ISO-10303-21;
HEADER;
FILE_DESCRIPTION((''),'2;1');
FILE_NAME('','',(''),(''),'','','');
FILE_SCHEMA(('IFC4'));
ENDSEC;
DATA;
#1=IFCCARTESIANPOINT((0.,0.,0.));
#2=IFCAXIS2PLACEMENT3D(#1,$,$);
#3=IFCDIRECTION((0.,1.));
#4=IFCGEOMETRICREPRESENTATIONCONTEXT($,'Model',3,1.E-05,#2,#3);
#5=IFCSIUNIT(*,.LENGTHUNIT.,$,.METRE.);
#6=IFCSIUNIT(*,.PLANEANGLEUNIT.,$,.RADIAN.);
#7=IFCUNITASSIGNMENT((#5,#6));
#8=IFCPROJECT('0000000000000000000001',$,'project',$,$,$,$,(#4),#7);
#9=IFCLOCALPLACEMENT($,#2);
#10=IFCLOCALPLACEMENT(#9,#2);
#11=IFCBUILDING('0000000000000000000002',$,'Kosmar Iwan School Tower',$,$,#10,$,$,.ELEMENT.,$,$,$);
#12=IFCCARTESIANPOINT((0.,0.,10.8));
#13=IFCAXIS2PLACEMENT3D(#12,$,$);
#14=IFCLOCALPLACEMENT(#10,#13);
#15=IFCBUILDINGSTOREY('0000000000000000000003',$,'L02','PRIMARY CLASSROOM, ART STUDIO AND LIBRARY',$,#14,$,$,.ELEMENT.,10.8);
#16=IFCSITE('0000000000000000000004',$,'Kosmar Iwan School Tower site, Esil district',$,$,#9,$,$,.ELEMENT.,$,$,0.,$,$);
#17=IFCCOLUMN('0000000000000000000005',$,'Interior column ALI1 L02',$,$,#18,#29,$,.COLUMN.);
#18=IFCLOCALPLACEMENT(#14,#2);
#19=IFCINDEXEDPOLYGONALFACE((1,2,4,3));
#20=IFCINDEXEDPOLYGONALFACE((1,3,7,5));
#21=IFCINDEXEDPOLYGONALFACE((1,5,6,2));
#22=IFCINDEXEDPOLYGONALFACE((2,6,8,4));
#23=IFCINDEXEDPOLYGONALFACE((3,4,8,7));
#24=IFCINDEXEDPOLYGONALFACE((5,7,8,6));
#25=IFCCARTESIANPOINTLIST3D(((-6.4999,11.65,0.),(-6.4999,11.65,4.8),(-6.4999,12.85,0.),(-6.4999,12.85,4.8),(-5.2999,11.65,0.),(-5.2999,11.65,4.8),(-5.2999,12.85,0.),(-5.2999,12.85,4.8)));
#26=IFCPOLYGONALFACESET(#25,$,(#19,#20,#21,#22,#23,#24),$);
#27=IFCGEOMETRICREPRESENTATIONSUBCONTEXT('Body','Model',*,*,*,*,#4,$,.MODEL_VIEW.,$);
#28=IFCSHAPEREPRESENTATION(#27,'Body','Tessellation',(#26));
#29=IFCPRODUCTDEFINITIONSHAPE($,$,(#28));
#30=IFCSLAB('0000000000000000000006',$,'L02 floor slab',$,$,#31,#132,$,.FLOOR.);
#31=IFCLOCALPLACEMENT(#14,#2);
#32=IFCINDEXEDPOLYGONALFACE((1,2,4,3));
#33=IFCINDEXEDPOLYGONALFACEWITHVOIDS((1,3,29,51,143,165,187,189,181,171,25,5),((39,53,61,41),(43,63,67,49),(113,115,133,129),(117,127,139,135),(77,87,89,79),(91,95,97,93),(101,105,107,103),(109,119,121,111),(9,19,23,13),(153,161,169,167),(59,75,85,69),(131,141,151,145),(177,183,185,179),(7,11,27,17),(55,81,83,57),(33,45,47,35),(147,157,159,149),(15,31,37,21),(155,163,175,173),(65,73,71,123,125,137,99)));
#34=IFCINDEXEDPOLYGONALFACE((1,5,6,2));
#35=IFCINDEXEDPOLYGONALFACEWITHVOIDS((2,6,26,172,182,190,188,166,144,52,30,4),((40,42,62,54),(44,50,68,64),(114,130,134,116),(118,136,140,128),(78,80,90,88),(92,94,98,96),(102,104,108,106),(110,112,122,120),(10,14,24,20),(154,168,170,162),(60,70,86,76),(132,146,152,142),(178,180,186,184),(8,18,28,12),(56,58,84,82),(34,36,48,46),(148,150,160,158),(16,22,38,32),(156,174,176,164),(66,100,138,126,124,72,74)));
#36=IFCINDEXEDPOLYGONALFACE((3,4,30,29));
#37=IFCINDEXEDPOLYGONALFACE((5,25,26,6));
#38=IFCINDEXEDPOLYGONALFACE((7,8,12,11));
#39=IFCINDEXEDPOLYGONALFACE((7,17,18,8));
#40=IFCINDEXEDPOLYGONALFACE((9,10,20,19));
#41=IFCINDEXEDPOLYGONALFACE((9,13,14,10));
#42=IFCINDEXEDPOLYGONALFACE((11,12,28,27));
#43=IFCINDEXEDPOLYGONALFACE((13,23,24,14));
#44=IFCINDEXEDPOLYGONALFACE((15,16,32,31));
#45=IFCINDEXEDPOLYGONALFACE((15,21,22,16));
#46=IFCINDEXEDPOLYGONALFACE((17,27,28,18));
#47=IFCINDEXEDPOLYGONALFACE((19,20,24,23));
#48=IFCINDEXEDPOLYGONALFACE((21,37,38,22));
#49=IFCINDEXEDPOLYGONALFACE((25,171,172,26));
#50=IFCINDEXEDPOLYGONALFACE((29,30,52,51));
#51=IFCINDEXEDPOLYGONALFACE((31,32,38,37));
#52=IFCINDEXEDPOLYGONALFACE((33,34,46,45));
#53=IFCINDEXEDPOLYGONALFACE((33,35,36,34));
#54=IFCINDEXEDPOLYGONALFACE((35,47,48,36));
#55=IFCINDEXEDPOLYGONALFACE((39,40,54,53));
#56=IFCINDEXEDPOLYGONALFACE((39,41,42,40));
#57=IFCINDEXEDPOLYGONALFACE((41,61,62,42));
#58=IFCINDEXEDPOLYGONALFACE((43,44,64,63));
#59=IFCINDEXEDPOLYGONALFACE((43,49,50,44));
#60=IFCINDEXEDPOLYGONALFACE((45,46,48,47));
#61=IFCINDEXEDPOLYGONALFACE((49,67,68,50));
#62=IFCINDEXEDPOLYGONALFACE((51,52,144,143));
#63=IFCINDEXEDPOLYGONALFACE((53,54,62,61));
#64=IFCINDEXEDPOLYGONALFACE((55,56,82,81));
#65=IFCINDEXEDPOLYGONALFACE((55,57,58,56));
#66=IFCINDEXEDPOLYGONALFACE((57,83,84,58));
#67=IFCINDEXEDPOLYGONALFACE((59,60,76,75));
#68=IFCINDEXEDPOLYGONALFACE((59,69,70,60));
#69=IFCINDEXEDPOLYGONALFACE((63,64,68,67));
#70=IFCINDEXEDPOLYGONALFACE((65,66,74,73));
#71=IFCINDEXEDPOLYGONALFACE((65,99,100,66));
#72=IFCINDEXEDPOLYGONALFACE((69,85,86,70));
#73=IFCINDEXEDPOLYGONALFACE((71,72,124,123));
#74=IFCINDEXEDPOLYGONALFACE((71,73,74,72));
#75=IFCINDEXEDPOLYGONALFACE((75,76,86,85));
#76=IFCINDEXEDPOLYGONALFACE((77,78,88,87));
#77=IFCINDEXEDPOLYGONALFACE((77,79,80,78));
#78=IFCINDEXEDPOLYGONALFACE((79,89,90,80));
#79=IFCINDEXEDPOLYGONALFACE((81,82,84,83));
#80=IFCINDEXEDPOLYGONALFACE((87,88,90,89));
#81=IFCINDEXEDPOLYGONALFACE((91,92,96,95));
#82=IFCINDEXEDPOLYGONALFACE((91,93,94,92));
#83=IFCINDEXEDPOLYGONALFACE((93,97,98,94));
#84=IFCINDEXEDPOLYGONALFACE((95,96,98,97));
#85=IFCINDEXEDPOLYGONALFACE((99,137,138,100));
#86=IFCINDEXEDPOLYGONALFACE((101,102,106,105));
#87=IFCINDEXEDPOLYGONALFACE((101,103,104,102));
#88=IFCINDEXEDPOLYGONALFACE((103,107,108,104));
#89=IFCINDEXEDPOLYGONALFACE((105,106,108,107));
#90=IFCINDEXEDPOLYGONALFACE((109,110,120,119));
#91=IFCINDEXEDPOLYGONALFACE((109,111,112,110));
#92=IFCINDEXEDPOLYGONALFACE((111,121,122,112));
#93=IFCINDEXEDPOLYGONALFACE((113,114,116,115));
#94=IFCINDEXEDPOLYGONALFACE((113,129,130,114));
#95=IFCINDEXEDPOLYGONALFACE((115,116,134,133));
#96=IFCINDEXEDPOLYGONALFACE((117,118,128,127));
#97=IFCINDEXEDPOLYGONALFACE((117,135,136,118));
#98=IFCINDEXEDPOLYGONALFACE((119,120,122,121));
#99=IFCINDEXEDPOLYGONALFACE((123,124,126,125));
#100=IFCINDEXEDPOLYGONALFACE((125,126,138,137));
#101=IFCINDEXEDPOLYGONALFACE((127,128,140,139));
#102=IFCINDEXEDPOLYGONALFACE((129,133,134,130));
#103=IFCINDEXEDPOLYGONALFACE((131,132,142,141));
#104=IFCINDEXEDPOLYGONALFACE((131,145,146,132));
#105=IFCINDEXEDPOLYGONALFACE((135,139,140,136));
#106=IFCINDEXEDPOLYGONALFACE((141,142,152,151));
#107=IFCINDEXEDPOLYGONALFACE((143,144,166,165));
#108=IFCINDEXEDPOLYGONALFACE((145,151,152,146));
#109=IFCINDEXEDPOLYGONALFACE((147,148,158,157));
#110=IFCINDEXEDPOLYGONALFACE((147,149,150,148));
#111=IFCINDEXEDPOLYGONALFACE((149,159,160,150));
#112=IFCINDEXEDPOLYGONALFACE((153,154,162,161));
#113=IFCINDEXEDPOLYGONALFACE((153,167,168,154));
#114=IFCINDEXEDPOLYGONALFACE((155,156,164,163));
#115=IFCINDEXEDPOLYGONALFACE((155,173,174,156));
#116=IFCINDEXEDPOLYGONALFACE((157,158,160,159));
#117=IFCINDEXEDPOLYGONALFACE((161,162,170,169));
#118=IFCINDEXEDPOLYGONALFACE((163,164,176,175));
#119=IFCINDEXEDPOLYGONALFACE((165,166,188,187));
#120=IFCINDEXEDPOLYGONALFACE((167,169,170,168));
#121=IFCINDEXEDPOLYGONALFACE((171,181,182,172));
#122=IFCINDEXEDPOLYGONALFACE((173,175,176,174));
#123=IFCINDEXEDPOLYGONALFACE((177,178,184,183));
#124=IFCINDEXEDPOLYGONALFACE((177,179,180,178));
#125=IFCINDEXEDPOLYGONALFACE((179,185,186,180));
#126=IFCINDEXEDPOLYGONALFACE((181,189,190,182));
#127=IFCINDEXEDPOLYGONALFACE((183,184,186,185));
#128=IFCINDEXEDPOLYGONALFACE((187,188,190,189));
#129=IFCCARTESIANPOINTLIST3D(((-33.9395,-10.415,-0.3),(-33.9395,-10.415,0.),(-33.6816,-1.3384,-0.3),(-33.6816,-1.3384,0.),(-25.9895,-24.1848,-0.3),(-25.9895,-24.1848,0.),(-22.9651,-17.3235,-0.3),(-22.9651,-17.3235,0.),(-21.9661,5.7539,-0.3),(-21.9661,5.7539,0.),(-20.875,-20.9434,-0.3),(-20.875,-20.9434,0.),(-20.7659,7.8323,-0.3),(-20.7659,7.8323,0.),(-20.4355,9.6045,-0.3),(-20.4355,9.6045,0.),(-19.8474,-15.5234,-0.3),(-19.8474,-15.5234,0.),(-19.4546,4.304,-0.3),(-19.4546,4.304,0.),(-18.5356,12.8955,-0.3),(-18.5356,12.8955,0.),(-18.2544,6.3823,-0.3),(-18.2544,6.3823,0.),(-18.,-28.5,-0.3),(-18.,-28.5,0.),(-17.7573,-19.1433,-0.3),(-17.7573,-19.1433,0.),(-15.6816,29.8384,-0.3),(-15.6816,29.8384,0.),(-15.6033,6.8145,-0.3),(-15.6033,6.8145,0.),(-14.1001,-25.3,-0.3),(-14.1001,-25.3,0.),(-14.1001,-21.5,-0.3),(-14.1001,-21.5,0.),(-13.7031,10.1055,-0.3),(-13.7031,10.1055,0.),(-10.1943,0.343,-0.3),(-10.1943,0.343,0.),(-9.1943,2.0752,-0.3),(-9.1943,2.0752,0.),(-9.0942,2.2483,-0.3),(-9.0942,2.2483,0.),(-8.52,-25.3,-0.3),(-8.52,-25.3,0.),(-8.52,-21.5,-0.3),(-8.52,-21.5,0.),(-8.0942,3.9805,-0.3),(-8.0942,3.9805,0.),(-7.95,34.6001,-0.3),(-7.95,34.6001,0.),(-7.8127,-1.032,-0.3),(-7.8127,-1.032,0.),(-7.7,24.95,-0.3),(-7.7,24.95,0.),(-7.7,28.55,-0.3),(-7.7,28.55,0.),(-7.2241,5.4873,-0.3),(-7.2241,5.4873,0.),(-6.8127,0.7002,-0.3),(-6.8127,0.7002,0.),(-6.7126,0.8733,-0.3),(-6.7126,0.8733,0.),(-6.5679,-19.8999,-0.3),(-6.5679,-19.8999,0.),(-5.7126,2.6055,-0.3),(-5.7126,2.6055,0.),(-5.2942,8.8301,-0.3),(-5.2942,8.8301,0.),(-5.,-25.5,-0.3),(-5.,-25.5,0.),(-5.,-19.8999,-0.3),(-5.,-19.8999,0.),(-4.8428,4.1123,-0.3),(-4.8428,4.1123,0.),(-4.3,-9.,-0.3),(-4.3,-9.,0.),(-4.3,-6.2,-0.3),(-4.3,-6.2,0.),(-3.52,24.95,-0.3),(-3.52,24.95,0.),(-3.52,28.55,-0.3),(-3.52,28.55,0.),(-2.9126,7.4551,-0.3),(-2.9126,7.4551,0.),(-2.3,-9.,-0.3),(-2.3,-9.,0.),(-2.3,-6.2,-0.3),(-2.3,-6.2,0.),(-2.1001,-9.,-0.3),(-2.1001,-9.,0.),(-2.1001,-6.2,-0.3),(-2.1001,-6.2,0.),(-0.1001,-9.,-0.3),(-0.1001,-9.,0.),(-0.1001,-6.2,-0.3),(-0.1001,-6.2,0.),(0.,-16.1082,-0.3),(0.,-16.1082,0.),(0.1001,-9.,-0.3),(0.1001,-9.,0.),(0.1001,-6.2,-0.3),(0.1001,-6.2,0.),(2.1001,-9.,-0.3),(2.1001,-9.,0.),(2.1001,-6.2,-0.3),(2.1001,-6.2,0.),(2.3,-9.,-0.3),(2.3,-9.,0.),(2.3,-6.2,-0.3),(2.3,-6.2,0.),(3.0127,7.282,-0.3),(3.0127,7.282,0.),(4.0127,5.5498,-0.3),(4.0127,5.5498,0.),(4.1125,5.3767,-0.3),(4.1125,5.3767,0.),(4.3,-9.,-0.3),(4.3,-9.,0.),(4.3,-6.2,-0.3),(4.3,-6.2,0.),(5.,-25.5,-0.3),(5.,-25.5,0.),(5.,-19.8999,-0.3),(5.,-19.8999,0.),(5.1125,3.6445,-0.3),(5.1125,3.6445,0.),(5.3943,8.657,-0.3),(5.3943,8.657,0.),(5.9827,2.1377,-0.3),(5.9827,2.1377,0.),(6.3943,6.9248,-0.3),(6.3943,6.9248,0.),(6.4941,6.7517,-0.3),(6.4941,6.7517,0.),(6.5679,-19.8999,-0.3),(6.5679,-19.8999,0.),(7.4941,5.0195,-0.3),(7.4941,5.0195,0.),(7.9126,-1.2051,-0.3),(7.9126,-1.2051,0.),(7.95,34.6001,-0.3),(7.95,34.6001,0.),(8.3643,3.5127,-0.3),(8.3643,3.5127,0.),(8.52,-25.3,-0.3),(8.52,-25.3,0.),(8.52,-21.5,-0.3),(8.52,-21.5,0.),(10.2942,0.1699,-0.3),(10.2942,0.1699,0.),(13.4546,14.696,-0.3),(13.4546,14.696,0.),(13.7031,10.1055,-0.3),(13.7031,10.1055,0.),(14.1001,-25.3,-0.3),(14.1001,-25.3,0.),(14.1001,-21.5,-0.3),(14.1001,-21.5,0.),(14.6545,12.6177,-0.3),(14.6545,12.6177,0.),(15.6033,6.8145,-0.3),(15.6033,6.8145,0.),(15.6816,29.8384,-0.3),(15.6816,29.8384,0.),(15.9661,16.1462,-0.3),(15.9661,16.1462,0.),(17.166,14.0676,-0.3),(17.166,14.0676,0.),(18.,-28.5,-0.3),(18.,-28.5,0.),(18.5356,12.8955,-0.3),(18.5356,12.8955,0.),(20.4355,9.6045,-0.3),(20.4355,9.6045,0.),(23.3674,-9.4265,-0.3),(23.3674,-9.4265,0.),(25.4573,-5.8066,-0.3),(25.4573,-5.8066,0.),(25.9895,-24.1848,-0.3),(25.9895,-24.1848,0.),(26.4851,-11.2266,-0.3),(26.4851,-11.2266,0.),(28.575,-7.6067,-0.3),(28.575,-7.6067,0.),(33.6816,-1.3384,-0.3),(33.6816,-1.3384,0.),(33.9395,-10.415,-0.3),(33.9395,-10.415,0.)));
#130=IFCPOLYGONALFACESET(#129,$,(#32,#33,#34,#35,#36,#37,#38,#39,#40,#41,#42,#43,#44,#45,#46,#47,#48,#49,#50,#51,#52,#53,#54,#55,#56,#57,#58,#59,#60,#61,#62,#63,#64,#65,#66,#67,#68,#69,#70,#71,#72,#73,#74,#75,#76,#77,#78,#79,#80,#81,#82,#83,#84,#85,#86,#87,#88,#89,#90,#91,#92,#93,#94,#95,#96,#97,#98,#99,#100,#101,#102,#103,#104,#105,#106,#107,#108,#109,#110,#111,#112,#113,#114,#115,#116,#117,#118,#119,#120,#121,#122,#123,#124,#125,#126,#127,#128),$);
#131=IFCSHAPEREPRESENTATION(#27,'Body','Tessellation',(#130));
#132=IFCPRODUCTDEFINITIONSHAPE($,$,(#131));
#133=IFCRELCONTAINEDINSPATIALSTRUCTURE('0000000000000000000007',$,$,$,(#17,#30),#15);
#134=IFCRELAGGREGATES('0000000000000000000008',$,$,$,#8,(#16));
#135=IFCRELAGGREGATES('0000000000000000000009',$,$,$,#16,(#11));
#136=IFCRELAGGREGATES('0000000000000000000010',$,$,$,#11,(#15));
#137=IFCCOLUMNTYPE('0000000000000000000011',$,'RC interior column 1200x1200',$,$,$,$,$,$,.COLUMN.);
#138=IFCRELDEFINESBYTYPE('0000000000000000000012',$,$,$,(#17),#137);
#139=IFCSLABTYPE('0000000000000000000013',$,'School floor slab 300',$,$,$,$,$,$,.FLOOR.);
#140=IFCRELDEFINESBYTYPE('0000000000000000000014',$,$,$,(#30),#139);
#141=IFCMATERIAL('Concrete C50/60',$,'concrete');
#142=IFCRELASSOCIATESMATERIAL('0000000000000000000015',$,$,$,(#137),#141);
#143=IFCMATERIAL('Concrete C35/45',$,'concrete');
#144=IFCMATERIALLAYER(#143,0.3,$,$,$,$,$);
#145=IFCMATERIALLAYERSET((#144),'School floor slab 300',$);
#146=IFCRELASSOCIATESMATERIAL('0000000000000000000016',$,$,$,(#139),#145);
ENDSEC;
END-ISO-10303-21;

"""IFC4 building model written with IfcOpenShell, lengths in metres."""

from ifc_helpers import new_model, si_unit, direction, frame, origin, origin_2d, place, context, subcontext, project, spatial, polyline, rectangle, outline, extrude, material, layer, layer_set, material_profile, profile_set, type_object, element, save


model = new_model("IFC4")

# Units and contexts
model_context = context("Model", 3, precision=1e-05, world=origin(), true_north=direction((0.0, 1.0)))
body_context = subcontext(model_context, "Body", "Model", "MODEL_VIEW")
ifc_project = project(units=[si_unit("LENGTHUNIT", "METRE"), si_unit("PLANEANGLEUNIT", "RADIAN")], contexts=[model_context])

# Site, building, storey
site_placement = place(None, origin())
site = spatial("IfcSite", under=ifc_project, at=site_placement, Name="Kosmar Iwan School Tower site, Esil district", CompositionType="ELEMENT", RefElevation=0.0)
building_placement = place(site_placement, origin())
building = spatial("IfcBuilding", under=site, at=building_placement, Name="Kosmar Iwan School Tower", CompositionType="ELEMENT")
storey_placement = place(building_placement, frame((0.0, 0.0, 10.8)))
storey = spatial("IfcBuildingStorey", under=building, at=storey_placement, Name="L02", Description="PRIMARY CLASSROOM, ART STUDIO AND LIBRARY", CompositionType="ELEMENT", Elevation=10.8)

# Column
ifc_material_1 = material(Name="Concrete C50/60", Category="concrete")
ifc_material_profile = material_profile(ifc_material_1, rectangle(XDim=1.2, YDim=1.2, at=origin_2d()), Name="RC 1200x1200")
ifc_profile_set = profile_set([ifc_material_profile], Name="Concrete C50/60")
column_type = type_object("IfcColumnType", Name="RC interior column 1200x1200", PredefinedType="COLUMN", material=ifc_profile_set)
column_placement = place(storey_placement, frame((-5.8999, 12.25, 0.0), z_axis=(0.0, 0.0, 1.0), x_axis=(0.0, 1.0, 0.0)))
element("IfcColumn", 1, at=column_placement, inside=storey, type_object=column_type, Name="Interior column ALI1 L02", PredefinedType="COLUMN", context=body_context, shape_type="SweptSolid", body=[
    extrude(rectangle(XDim=1.2, YDim=1.2, at=origin_2d()), origin(), (0.0, 0.0, 1.0), 4.8),
])

# Slab
ifc_material_2 = material(Name="Concrete C35/45", Category="concrete")
ifc_layer_1 = layer(ifc_material_2, 0.3)
ifc_layer_set_1 = layer_set([ifc_layer_1], Name="School floor slab 300")
slab_type = type_object("IfcSlabType", Name="School floor slab 300", PredefinedType="FLOOR", material=ifc_layer_set_1)
slab_placement = place(storey_placement, frame((0.0, 0.0, -0.3)))
element("IfcSlab", 2, at=slab_placement, inside=storey, type_object=slab_type, Name="L02 floor slab", PredefinedType="FLOOR", context=body_context, shape_type="SweptSolid", body=[
    extrude(outline(polyline([(-18.0, -28.5), (18.0, -28.5), (25.9895, -24.1848), (33.9395, -10.415), (33.6816, -1.3384), (15.6816, 29.8384), (7.95, 34.6001), (-7.95, 34.6001), (-15.6816, 29.8384), (-33.6816, -1.3384), (-33.9395, -10.415), (-25.9895, -24.1848), (-18.0, -28.5)]), holes=[polyline([(7.9126, -1.2051), (10.2942, 0.1699), (8.3643, 3.5127), (5.9827, 2.1377), (7.9126, -1.2051)]), polyline([(-2.9126, 7.4551), (-5.2942, 8.8301), (-7.2241, 5.4873), (-4.8428, 4.1123), (-2.9126, 7.4551)]), polyline([(-5.7126, 2.6055), (-8.0942, 3.9805), (-9.0942, 2.2483), (-6.7126, 0.8733), (-5.7126, 2.6055)]), polyline([(-6.8127, 0.7002), (-9.1943, 2.0752), (-10.1943, 0.343), (-7.8127, -1.032), (-6.8127, 0.7002)]), polyline([(5.1125, 3.6445), (7.4941, 5.0195), (6.4941, 6.7517), (4.1125, 5.3767), (5.1125, 3.6445)]), polyline([(4.0127, 5.5498), (6.3943, 6.9248), (5.3943, 8.657), (3.0127, 7.282), (4.0127, 5.5498)]), polyline([(-4.3, -6.2), (-4.3, -9.0), (-2.3, -9.0), (-2.3, -6.2), (-4.3, -6.2)]), polyline([(-2.1001, -6.2), (-2.1001, -9.0), (-0.1001, -9.0), (-0.1001, -6.2), (-2.1001, -6.2)]), polyline([(0.1001, -6.2), (0.1001, -9.0), (2.1001, -9.0), (2.1001, -6.2), (0.1001, -6.2)]), polyline([(2.3, -6.2), (2.3, -9.0), (4.3, -9.0), (4.3, -6.2), (2.3, -6.2)]), polyline([(-3.52, 24.95), (-3.52, 28.55), (-7.7, 28.55), (-7.7, 24.95), (-3.52, 24.95)]), polyline([(-19.8474, -15.5234), (-22.9651, -17.3235), (-20.875, -20.9434), (-17.7573, -19.1433), (-19.8474, -15.5234)]), polyline([(23.3674, -9.4265), (26.4851, -11.2266), (28.575, -7.6067), (25.4573, -5.8066), (23.3674, -9.4265)]), polyline([(6.5679, -19.8999), (5.0, -19.8999), (5.0, -25.5), (-5.0, -25.5), (-5.0, -19.8999), (-6.5679, -19.8999), (0.0, -16.1082), (6.5679, -19.8999)]), polyline([(-14.1001, -21.5), (-14.1001, -25.3), (-8.52, -25.3), (-8.52, -21.5), (-14.1001, -21.5)]), polyline([(8.52, -21.5), (8.52, -25.3), (14.1001, -25.3), (14.1001, -21.5), (8.52, -21.5)]), polyline([(15.6033, 6.8145), (20.4355, 9.6045), (18.5356, 12.8955), (13.7031, 10.1055), (15.6033, 6.8145)]), polyline([(-13.7031, 10.1055), (-18.5356, 12.8955), (-20.4355, 9.6045), (-15.6033, 6.8145), (-13.7031, 10.1055)]), polyline([(14.6545, 12.6177), (17.166, 14.0676), (15.9661, 16.1462), (13.4546, 14.696), (14.6545, 12.6177)]), polyline([(-18.2544, 6.3823), (-20.7659, 7.8323), (-21.9661, 5.7539), (-19.4546, 4.304), (-18.2544, 6.3823)])]), origin(), (0.0, 0.0, 1.0), 0.3),
])

save(model, "model.ifc")
